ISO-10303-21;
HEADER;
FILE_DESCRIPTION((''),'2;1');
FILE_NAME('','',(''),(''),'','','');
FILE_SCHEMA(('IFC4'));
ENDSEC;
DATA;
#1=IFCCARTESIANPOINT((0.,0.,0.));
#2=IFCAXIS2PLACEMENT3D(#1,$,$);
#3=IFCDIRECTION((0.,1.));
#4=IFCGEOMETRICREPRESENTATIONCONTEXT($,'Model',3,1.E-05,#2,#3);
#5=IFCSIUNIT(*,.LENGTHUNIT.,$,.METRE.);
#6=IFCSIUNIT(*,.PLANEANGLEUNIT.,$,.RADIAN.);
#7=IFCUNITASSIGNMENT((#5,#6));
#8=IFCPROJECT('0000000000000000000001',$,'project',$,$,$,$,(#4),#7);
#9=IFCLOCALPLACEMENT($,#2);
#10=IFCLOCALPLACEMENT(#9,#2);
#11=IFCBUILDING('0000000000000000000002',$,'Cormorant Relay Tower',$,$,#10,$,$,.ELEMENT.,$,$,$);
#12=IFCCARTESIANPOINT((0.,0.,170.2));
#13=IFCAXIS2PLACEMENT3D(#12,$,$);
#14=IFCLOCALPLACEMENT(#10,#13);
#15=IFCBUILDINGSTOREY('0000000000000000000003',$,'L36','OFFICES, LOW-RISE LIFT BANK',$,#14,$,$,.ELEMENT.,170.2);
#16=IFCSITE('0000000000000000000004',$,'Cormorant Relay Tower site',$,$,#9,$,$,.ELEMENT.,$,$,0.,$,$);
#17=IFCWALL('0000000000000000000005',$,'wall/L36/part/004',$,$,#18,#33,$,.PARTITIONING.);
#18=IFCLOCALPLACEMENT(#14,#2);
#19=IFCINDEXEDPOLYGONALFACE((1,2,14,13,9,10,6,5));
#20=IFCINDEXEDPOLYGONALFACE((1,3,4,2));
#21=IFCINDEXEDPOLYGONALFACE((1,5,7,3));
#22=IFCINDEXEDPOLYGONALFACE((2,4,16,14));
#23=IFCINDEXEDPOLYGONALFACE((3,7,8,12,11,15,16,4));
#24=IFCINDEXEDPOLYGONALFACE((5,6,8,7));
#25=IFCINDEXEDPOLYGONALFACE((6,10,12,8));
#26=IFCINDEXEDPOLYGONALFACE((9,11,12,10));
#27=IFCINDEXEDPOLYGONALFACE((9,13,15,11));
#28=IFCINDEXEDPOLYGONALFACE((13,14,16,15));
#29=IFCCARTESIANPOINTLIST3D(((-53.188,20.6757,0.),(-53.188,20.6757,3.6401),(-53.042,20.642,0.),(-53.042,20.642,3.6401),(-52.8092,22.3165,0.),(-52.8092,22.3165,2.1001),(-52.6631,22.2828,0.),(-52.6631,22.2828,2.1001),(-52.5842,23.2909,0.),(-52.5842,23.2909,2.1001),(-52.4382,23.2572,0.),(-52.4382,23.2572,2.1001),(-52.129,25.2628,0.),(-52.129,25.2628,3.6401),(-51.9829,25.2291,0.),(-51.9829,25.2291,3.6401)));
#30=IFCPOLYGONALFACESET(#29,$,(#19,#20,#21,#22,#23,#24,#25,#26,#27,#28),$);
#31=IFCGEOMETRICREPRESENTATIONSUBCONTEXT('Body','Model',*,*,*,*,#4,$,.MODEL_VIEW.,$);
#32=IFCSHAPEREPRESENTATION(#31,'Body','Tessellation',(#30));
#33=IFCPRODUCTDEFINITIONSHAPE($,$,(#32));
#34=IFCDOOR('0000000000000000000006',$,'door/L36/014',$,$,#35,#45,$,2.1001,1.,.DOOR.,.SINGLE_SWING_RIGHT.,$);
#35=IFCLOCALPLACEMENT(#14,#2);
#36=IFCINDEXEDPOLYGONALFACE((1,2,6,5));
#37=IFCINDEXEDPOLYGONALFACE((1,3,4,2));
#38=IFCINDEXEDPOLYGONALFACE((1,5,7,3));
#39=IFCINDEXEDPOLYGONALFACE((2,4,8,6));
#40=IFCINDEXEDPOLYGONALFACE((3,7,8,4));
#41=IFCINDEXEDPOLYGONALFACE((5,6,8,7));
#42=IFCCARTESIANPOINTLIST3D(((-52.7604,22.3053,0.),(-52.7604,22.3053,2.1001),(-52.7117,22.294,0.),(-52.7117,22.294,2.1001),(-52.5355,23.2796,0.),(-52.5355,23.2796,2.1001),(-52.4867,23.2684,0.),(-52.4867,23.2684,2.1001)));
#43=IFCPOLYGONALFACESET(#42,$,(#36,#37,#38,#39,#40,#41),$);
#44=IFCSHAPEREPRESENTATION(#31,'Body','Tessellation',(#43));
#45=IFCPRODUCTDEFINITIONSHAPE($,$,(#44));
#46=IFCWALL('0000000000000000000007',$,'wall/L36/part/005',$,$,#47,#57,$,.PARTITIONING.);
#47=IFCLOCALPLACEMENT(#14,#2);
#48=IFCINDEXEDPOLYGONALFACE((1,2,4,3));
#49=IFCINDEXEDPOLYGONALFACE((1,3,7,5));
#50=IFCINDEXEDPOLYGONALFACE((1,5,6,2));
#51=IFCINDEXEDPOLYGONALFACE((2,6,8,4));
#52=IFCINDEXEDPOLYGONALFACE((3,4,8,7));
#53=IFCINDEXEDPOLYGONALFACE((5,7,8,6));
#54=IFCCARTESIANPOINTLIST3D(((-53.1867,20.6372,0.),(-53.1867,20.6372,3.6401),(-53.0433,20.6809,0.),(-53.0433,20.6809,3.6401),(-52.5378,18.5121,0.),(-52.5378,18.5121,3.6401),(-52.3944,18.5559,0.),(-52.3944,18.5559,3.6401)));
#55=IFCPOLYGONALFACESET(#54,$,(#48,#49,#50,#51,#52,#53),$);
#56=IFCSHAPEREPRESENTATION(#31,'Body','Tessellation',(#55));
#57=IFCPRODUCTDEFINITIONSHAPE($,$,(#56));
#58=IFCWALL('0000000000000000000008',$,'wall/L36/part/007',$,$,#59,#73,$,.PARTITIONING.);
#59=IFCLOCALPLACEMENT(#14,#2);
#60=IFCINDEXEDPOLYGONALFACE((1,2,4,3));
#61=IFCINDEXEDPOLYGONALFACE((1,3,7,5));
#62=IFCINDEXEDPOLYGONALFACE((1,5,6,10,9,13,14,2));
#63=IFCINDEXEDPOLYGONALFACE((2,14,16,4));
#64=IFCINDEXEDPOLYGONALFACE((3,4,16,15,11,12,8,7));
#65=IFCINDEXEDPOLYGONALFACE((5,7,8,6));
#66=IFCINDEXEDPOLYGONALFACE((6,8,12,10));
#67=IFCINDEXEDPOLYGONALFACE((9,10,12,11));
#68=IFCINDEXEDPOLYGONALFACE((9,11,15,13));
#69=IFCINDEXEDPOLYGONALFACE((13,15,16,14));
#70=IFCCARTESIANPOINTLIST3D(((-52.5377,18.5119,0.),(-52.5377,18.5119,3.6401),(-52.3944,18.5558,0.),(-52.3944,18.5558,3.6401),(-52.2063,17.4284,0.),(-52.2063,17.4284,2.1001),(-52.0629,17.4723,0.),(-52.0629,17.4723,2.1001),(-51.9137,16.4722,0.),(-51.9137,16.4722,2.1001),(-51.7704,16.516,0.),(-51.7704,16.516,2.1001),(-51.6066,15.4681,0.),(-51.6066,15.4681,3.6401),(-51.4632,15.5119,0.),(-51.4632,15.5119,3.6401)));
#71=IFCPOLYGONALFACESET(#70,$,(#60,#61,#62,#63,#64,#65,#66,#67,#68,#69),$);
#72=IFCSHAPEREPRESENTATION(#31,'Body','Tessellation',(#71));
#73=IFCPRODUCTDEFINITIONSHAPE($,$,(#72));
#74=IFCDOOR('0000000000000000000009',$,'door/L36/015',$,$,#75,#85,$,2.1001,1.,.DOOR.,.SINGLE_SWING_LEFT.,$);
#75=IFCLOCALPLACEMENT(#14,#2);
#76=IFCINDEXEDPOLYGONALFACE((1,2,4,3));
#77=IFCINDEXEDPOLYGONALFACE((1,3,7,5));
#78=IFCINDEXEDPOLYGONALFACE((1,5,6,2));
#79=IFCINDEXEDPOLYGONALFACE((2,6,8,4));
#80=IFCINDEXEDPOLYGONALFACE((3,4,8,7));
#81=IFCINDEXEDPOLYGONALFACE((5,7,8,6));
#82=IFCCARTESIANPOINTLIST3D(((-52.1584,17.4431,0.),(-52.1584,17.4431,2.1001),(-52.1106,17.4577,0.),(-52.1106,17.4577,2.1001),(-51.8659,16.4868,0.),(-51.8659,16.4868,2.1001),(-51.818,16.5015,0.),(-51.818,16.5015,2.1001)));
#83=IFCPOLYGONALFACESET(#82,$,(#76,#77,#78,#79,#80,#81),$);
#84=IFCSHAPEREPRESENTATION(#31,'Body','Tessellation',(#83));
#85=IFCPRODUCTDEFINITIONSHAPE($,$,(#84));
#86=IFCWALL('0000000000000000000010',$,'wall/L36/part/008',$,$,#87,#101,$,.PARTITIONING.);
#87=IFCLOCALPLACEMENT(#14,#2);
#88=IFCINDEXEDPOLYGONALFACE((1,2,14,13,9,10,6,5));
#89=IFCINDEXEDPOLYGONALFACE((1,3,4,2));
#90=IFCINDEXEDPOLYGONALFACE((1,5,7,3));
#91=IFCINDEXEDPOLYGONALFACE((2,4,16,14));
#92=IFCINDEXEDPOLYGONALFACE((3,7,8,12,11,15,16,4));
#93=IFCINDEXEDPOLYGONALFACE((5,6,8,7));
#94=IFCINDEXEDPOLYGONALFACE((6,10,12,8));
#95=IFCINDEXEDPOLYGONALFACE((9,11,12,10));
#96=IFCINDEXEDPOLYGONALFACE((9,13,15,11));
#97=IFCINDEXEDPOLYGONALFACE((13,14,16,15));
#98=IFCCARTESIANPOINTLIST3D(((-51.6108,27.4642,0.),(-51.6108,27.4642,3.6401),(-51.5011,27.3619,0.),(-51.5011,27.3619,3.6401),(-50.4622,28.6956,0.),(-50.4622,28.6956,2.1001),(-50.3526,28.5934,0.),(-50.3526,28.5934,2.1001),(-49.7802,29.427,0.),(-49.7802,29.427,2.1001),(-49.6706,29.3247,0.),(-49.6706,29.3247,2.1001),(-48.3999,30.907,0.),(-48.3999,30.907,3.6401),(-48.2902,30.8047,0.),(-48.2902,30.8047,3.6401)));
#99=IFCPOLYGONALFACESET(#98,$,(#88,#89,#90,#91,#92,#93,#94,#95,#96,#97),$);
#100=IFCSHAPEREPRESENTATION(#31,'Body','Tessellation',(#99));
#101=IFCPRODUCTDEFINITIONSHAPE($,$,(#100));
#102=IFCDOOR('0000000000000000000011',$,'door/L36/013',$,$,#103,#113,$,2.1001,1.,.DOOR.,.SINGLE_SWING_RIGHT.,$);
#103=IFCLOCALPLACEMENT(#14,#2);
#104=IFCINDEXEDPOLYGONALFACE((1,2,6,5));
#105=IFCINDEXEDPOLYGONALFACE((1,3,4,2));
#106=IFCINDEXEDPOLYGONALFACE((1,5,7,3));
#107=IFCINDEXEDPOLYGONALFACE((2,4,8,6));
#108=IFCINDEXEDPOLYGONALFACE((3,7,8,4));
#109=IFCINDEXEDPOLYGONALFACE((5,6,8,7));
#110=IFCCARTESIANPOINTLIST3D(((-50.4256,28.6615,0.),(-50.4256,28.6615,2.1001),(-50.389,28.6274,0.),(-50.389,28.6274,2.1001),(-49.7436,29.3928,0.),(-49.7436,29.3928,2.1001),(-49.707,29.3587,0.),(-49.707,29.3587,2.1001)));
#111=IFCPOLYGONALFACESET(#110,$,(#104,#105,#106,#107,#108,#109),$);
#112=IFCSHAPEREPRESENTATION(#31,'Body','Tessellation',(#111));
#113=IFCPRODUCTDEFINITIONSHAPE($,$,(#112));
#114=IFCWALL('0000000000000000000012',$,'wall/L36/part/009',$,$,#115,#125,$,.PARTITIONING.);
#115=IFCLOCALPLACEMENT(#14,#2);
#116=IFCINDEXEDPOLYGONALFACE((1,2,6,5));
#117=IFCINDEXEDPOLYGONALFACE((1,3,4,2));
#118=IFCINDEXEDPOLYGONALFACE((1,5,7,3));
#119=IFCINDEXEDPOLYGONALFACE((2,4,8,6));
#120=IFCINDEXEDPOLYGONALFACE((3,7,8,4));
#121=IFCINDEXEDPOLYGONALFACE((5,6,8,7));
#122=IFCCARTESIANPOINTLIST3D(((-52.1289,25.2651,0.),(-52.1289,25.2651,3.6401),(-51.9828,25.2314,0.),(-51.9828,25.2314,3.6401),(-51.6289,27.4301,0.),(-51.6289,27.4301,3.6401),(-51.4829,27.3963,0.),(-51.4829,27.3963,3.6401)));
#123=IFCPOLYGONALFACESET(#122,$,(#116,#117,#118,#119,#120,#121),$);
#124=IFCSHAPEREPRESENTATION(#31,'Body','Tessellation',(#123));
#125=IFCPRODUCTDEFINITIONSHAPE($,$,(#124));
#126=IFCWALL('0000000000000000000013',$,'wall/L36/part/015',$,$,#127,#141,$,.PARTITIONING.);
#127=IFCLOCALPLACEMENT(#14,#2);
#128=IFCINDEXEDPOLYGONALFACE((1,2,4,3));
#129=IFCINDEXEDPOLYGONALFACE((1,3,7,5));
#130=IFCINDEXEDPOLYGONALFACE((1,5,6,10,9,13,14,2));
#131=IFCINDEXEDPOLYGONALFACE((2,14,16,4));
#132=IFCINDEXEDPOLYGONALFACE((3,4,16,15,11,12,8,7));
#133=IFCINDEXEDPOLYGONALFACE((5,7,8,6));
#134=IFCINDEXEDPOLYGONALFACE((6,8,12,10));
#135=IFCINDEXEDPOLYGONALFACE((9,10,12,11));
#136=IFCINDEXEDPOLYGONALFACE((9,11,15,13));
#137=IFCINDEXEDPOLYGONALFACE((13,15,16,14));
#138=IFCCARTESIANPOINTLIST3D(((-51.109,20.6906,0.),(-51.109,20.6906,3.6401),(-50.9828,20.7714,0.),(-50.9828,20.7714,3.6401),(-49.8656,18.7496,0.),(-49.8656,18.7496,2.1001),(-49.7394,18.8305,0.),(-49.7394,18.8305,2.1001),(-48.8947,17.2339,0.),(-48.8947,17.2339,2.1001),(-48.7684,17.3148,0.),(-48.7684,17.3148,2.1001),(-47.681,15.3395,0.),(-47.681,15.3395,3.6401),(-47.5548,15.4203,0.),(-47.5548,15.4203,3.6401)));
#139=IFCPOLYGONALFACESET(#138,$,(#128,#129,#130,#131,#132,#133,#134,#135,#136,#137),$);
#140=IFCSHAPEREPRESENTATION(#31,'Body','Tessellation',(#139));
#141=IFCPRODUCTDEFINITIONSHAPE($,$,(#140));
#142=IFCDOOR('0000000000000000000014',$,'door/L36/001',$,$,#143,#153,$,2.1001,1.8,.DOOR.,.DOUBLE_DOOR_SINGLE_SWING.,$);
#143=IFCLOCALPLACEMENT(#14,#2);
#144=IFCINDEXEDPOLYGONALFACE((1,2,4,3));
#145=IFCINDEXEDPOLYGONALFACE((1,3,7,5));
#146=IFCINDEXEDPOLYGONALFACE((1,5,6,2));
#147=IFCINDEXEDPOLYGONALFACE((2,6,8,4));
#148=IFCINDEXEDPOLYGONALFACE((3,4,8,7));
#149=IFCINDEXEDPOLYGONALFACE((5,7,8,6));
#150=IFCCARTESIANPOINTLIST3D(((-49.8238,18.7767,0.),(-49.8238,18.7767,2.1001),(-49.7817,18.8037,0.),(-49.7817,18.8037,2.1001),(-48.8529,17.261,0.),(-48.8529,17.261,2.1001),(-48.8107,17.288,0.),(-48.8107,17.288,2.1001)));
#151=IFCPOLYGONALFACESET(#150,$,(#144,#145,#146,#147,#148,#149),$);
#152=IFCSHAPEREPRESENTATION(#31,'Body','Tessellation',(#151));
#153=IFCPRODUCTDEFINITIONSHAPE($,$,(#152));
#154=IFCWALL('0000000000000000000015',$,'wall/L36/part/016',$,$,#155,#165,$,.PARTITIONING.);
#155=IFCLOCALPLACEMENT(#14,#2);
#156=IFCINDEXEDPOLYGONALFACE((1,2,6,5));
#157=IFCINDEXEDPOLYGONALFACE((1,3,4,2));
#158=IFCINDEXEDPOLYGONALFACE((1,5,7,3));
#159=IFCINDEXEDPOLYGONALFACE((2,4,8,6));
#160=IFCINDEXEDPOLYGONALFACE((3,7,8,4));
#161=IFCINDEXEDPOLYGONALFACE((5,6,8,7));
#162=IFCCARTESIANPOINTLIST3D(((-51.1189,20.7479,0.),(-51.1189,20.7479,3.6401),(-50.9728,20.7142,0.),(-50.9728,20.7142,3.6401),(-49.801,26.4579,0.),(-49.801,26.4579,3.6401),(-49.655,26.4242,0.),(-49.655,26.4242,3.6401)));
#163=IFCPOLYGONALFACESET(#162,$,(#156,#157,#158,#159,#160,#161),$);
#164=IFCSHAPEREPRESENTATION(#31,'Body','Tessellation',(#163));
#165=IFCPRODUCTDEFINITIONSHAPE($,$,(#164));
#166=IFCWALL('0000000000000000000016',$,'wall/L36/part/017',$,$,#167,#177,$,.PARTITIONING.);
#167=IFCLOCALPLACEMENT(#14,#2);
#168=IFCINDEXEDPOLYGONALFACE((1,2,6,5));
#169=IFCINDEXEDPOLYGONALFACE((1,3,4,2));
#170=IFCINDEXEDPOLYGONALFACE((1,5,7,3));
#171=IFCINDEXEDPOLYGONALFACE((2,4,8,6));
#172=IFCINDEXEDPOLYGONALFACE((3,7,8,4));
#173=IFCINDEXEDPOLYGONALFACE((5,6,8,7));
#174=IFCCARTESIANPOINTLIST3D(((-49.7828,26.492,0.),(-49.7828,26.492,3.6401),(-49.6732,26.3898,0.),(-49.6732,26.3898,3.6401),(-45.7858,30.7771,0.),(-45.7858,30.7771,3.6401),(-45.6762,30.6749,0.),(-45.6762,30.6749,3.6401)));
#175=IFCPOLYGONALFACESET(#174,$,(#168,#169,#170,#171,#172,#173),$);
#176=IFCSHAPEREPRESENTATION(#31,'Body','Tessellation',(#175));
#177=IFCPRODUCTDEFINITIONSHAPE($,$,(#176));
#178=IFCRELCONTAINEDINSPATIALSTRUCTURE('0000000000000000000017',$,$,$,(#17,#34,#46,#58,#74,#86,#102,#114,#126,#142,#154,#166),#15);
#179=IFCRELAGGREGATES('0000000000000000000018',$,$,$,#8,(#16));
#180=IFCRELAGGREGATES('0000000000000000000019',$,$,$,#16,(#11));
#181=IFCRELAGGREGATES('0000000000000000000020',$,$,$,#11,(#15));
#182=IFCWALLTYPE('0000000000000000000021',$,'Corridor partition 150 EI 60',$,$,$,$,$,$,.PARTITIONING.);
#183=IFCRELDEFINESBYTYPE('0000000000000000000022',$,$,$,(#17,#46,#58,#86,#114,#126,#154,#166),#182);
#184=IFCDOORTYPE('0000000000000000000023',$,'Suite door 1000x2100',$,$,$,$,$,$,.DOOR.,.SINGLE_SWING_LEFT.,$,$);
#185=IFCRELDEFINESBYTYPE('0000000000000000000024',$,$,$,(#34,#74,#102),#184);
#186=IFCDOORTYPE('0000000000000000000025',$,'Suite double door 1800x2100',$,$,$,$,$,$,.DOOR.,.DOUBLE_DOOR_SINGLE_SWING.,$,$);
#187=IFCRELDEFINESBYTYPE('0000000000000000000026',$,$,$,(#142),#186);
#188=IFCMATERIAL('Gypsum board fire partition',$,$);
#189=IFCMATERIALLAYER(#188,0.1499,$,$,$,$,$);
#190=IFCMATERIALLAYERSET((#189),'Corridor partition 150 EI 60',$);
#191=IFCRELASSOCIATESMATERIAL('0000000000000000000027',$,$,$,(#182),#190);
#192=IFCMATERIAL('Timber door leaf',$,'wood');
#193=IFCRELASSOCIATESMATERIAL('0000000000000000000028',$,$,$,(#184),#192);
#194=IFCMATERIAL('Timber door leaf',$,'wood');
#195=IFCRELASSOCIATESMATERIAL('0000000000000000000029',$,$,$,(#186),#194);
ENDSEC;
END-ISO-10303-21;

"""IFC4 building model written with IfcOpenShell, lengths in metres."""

from ifc_helpers import new_model, si_unit, direction, frame, frame_2d, origin, place, context, subcontext, project, spatial, rectangle, extrude, material, layer, layer_set, type_object, element, fill, save


model = new_model("IFC4")

# Units and contexts
model_context = context("Model", 3, precision=1e-05, world=origin(), true_north=direction((0.0, 1.0)))
body_context = subcontext(model_context, "Body", "Model", "MODEL_VIEW")
ifc_project = project(units=[si_unit("LENGTHUNIT", "METRE"), si_unit("PLANEANGLEUNIT", "RADIAN")], contexts=[model_context])

# Site, building, storey
site_placement = place(None, origin())
site = spatial("IfcSite", under=ifc_project, at=site_placement, Name="Cormorant Relay Tower site", CompositionType="ELEMENT", RefElevation=0.0)
building_placement = place(site_placement, origin())
building = spatial("IfcBuilding", under=site, at=building_placement, Name="Cormorant Relay Tower", CompositionType="ELEMENT")
storey_placement = place(building_placement, frame((0.0, 0.0, 170.2)))
storey = spatial("IfcBuildingStorey", under=building, at=storey_placement, Name="L36", Description="OFFICES, LOW-RISE LIFT BANK", CompositionType="ELEMENT", Elevation=170.2)

# Wall, opening, door
ifc_material_1 = material(Name="Gypsum board fire partition")
ifc_layer_1 = layer(ifc_material_1, 0.1499)
ifc_layer_set_1 = layer_set([ifc_layer_1], Name="Corridor partition 150 EI 60")
wall_type_1 = type_object("IfcWallType", Name="Corridor partition 150 EI 60", PredefinedType="PARTITIONING", material=ifc_layer_set_1)
wall_1_placement = place(storey_placement, frame((-52.0559, 25.2461, 0.0), z_axis=(0.0, 0.0, 1.0), x_axis=(-0.224962, -0.974368, 0.0)))
wall_1 = element("IfcWall", 1, at=wall_1_placement, inside=storey, type_object=wall_type_1, Name="wall/L36/part/004", PredefinedType="PARTITIONING", context=body_context, shape_type="SweptSolid", body=[
    extrude(rectangle(XDim=4.7078, YDim=0.1499, at=frame_2d((2.354, 0.0))), origin(), (0.0, 0.0, 1.0), 3.6401),
])
opening_1_placement = place(wall_1_placement, frame((2.0239, 0.0, 0.0)))
opening_1 = element("IfcOpeningElement", 2, at=opening_1_placement, cuts=wall_1, PredefinedType="OPENING", context=body_context, shape_type="SweptSolid", body=[
    extrude(rectangle(XDim=1.0, YDim=2.1001, at=frame_2d((0.5, 1.05))), frame((0.0, 0.085, 0.0), z_axis=(0.0, -1.0, 0.0), x_axis=(1.0, 0.0, 0.0)), (0.0, 0.0, 1.0), 0.1699),
])
ifc_material_2 = material(Name="Timber door leaf", Category="wood")
door_type_1 = type_object("IfcDoorType", Name="Suite door 1000x2100", OperationType="SINGLE_SWING_LEFT", PredefinedType="DOOR", material=ifc_material_2)
door_1_placement = place(opening_1_placement, frame((1.0, 0.0, 0.0), z_axis=(0.0, 0.0, 1.0), x_axis=(-1.0, 0.0, 0.0)))
door_1 = element("IfcDoor", 3, at=door_1_placement, inside=storey, type_object=door_type_1, Name="door/L36/014", OperationType="SINGLE_SWING_RIGHT", OverallHeight=2.1001, OverallWidth=1.0, PredefinedType="DOOR", context=body_context, shape_type="SweptSolid", body=[
    extrude(rectangle(XDim=1.0, YDim=2.1001, at=frame_2d((0.5, 1.05))), frame((0.0, 0.0249, 0.0), z_axis=(0.0, -1.0, 0.0), x_axis=(1.0, 0.0, 0.0)), (0.0, 0.0, 1.0), 0.05),
])
fill(opening_1, door_1)

# Wall
wall_2_placement = place(storey_placement, frame((-53.115, 20.6589, 0.0), z_axis=(0.0, 0.0, 1.0), x_axis=(0.292062, -0.956399, 0.0)))
element("IfcWall", 4, at=wall_2_placement, inside=storey, type_object=wall_type_1, Name="wall/L36/part/005", PredefinedType="PARTITIONING", context=body_context, shape_type="SweptSolid", body=[
    extrude(rectangle(XDim=2.2219, YDim=0.1499, at=frame_2d((1.1108, 0.0))), origin(), (0.0, 0.0, 1.0), 3.6401),
])

# Walls, openings, doors
wall_3_placement = place(storey_placement, frame((-51.5349, 15.49, 0.0), z_axis=(0.0, 0.0, 1.0), x_axis=(-0.292522, 0.956259, 0.0)))
wall_3 = element("IfcWall", 5, at=wall_3_placement, inside=storey, type_object=wall_type_1, Name="wall/L36/part/007", PredefinedType="PARTITIONING", context=body_context, shape_type="SweptSolid", body=[
    extrude(rectangle(XDim=3.1831, YDim=0.1499, at=frame_2d((1.5916, 0.0))), origin(), (0.0, 0.0, 1.0), 3.6401),
])
opening_2_placement = place(wall_3_placement, frame((1.05, 0.0, 0.0)))
opening_2 = element("IfcOpeningElement", 6, at=opening_2_placement, cuts=wall_3, PredefinedType="OPENING", context=body_context, shape_type="SweptSolid", body=[
    extrude(rectangle(XDim=1.0, YDim=2.1001, at=frame_2d((0.5, 1.05))), frame((0.0, 0.085, 0.0), z_axis=(0.0, -1.0, 0.0), x_axis=(1.0, 0.0, 0.0)), (0.0, 0.0, 1.0), 0.1699),
])
door_2_placement = place(opening_2_placement, origin())
door_2 = element("IfcDoor", 7, at=door_2_placement, inside=storey, type_object=door_type_1, Name="door/L36/015", OperationType="SINGLE_SWING_LEFT", OverallHeight=2.1001, OverallWidth=1.0, PredefinedType="DOOR", context=body_context, shape_type="SweptSolid", body=[
    extrude(rectangle(XDim=1.0, YDim=2.1001, at=frame_2d((0.5, 1.05))), frame((0.0, 0.0249, 0.0), z_axis=(0.0, -1.0, 0.0), x_axis=(1.0, 0.0, 0.0)), (0.0, 0.0, 1.0), 0.05),
])
fill(opening_2, door_2)
wall_4_placement = place(storey_placement, frame((-48.345, 30.856, 0.0), z_axis=(0.0, 0.0, 1.0), x_axis=(-0.682045, -0.73131, 0.0)))
wall_4 = element("IfcWall", 8, at=wall_4_placement, inside=storey, type_object=wall_type_1, Name="wall/L36/part/008", PredefinedType="PARTITIONING", context=body_context, shape_type="SweptSolid", body=[
    extrude(rectangle(XDim=4.7078, YDim=0.1499, at=frame_2d((2.354, 0.0))), origin(), (0.0, 0.0, 1.0), 3.6401),
])
opening_3_placement = place(wall_4_placement, frame((2.0239, 0.0, 0.0)))
opening_3 = element("IfcOpeningElement", 9, at=opening_3_placement, cuts=wall_4, PredefinedType="OPENING", context=body_context, shape_type="SweptSolid", body=[
    extrude(rectangle(XDim=1.0, YDim=2.1001, at=frame_2d((0.5, 1.05))), frame((0.0, 0.085, 0.0), z_axis=(0.0, -1.0, 0.0), x_axis=(1.0, 0.0, 0.0)), (0.0, 0.0, 1.0), 0.1699),
])
door_3_placement = place(opening_3_placement, frame((1.0, 0.0, 0.0), z_axis=(0.0, 0.0, 1.0), x_axis=(-1.0, 0.0, 0.0)))
door_3 = element("IfcDoor", 10, at=door_3_placement, inside=storey, type_object=door_type_1, Name="door/L36/013", OperationType="SINGLE_SWING_RIGHT", OverallHeight=2.1001, OverallWidth=1.0, PredefinedType="DOOR", context=body_context, shape_type="SweptSolid", body=[
    extrude(rectangle(XDim=1.0, YDim=2.1001, at=frame_2d((0.5, 1.05))), frame((0.0, 0.0249, 0.0), z_axis=(0.0, -1.0, 0.0), x_axis=(1.0, 0.0, 0.0)), (0.0, 0.0, 1.0), 0.05),
])
fill(opening_3, door_3)

# Wall
wall_5_placement = place(storey_placement, frame((-51.5559, 27.4131, 0.0), z_axis=(0.0, 0.0, 1.0), x_axis=(-0.22502, -0.974354, 0.0)))
element("IfcWall", 11, at=wall_5_placement, inside=storey, type_object=wall_type_1, Name="wall/L36/part/009", PredefinedType="PARTITIONING", context=body_context, shape_type="SweptSolid", body=[
    extrude(rectangle(XDim=2.2219, YDim=0.1499, at=frame_2d((1.1108, 0.0))), origin(), (0.0, 0.0, 1.0), 3.6401),
])

# Wall, opening, door
wall_6_placement = place(storey_placement, frame((-47.6179, 15.3799, 0.0), z_axis=(0.0, 0.0, 1.0), x_axis=(-0.539421, 0.842036, 0.0)))
wall_6 = element("IfcWall", 12, at=wall_6_placement, inside=storey, type_object=wall_type_1, Name="wall/L36/part/015", PredefinedType="PARTITIONING", context=body_context, shape_type="SweptSolid", body=[
    extrude(rectangle(XDim=6.355, YDim=0.1499, at=frame_2d((3.1775, 0.0))), origin(), (0.0, 0.0, 1.0), 3.6401),
])
opening_4_placement = place(wall_6_placement, frame((2.25, 0.0, 0.0)))
opening_4 = element("IfcOpeningElement", 13, at=opening_4_placement, cuts=wall_6, PredefinedType="OPENING", context=body_context, shape_type="SweptSolid", body=[
    extrude(rectangle(XDim=1.8, YDim=2.1001, at=frame_2d((0.8999, 1.05))), frame((0.0, 0.085, 0.0), z_axis=(0.0, -1.0, 0.0), x_axis=(1.0, 0.0, 0.0)), (0.0, 0.0, 1.0), 0.1699),
])
ifc_material_3 = material(Name="Timber door leaf", Category="wood")
door_type_2 = type_object("IfcDoorType", Name="Suite double door 1800x2100", OperationType="DOUBLE_DOOR_SINGLE_SWING", PredefinedType="DOOR", material=ifc_material_3)
door_4_placement = place(opening_4_placement, frame((1.8, 0.0, 0.0), z_axis=(0.0, 0.0, 1.0), x_axis=(-1.0, 0.0, 0.0)))
door_4 = element("IfcDoor", 14, at=door_4_placement, inside=storey, type_object=door_type_2, Name="door/L36/001", OperationType="DOUBLE_DOOR_SINGLE_SWING", OverallHeight=2.1001, OverallWidth=1.8, PredefinedType="DOOR", context=body_context, shape_type="SweptSolid", body=[
    extrude(rectangle(XDim=1.8, YDim=2.1001, at=frame_2d((0.8999, 1.05))), frame((0.0, 0.0249, 0.0), z_axis=(0.0, -1.0, 0.0), x_axis=(1.0, 0.0, 0.0)), (0.0, 0.0, 1.0), 0.05),
])
fill(opening_4, door_4)

# Walls
wall_7_placement = place(storey_placement, frame((-51.0459, 20.731, 0.0), z_axis=(0.0, 0.0, 1.0), x_axis=(0.22489, 0.974384, 0.0)))
element("IfcWall", 15, at=wall_7_placement, inside=storey, type_object=wall_type_1, Name="wall/L36/part/016", PredefinedType="PARTITIONING", context=body_context, shape_type="SweptSolid", body=[
    extrude(rectangle(XDim=5.8601, YDim=0.1499, at=frame_2d((2.9302, 0.0))), origin(), (0.0, 0.0, 1.0), 3.6401),
])
wall_8_placement = place(storey_placement, frame((-49.728, 26.4409, 0.0), z_axis=(0.0, 0.0, 1.0), x_axis=(0.682099, 0.73126, 0.0)))
element("IfcWall", 16, at=wall_8_placement, inside=storey, type_object=wall_type_1, Name="wall/L36/part/017", PredefinedType="PARTITIONING", context=body_context, shape_type="SweptSolid", body=[
    extrude(rectangle(XDim=5.8599, YDim=0.1499, at=frame_2d((2.9299, 0.0))), origin(), (0.0, 0.0, 1.0), 3.6401),
])

save(model, "model.ifc")
